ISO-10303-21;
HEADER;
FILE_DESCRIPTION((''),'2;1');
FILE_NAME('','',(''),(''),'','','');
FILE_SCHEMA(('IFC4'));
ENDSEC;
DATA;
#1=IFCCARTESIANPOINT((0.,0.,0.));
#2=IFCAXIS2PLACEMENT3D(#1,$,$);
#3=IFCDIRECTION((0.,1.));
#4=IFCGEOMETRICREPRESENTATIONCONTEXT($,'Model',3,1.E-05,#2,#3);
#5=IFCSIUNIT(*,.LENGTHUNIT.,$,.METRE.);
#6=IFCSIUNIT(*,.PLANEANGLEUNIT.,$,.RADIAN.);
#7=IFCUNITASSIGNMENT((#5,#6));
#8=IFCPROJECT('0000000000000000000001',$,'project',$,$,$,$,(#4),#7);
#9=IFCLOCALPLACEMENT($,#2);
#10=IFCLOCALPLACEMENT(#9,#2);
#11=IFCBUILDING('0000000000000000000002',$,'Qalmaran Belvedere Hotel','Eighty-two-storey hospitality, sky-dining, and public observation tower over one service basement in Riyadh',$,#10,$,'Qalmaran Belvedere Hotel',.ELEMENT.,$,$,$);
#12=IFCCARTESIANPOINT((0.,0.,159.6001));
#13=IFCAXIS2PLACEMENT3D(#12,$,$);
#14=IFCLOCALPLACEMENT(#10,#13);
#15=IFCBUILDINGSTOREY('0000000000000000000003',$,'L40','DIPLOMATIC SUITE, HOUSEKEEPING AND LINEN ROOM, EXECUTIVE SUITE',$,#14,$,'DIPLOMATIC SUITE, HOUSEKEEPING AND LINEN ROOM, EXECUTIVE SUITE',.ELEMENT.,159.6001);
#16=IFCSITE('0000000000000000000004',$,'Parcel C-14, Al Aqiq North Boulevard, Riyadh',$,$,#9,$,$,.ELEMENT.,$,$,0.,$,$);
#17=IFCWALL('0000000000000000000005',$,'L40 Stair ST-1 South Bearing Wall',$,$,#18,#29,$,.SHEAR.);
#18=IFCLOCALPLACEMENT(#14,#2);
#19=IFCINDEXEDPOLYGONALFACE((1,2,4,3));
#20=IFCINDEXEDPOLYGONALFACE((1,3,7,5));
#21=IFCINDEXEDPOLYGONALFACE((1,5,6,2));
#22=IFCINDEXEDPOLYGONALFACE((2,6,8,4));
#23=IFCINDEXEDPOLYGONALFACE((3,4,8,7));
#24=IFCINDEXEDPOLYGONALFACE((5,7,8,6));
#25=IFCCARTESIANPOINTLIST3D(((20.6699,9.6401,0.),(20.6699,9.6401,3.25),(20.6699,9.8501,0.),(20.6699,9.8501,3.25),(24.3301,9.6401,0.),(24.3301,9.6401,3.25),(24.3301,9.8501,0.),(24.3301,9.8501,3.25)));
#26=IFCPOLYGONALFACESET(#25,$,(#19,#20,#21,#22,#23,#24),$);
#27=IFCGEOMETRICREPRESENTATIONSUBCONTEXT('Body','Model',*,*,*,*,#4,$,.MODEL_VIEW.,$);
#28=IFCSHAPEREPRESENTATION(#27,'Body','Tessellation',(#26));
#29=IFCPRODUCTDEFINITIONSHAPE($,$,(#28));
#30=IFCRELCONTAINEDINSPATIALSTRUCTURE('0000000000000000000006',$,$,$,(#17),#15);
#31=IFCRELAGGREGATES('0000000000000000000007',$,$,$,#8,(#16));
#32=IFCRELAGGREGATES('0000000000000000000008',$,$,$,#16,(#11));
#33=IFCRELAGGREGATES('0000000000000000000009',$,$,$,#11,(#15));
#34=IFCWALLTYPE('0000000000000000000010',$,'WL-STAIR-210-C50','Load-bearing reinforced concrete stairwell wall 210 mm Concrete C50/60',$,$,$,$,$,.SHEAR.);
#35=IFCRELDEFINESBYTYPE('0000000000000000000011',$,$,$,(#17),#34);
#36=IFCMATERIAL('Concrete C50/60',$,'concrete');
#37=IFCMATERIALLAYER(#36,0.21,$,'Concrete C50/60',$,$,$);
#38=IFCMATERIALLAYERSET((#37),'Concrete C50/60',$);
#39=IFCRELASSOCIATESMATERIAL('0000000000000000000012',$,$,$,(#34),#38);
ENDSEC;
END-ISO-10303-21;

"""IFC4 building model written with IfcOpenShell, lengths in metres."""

from ifc_helpers import new_model, si_unit, direction, frame, frame_2d, origin, place, context, subcontext, project, spatial, rectangle, extrude, material, layer, layer_set, type_object, element, save


model = new_model("IFC4")

# Units and contexts
model_context = context("Model", 3, precision=1e-05, world=origin(), true_north=direction((0.0, 1.0)))
body_context = subcontext(model_context, "Body", "Model", "MODEL_VIEW")
ifc_project = project(units=[si_unit("LENGTHUNIT", "METRE"), si_unit("PLANEANGLEUNIT", "RADIAN")], contexts=[model_context])

# Site, building, storey
site_placement = place(None, origin())
site = spatial("IfcSite", under=ifc_project, at=site_placement, Name="Parcel C-14, Al Aqiq North Boulevard, Riyadh", CompositionType="ELEMENT", RefElevation=0.0)
building_placement = place(site_placement, origin())
building = spatial("IfcBuilding", under=site, at=building_placement, Name="Qalmaran Belvedere Hotel", Description="Eighty-two-storey hospitality, sky-dining, and public observation tower over one service basement in Riyadh", LongName="Qalmaran Belvedere Hotel", CompositionType="ELEMENT")
storey_placement = place(building_placement, frame((0.0, 0.0, 159.6001)))
storey = spatial("IfcBuildingStorey", under=building, at=storey_placement, Name="L40", Description="DIPLOMATIC SUITE, HOUSEKEEPING AND LINEN ROOM, EXECUTIVE SUITE", LongName="DIPLOMATIC SUITE, HOUSEKEEPING AND LINEN ROOM, EXECUTIVE SUITE", CompositionType="ELEMENT", Elevation=159.6001)

# Shared definitions
ifc_material_1 = material(Name="Concrete C50/60", Category="concrete")

# Wall
ifc_layer_1 = layer(ifc_material_1, 0.21, Name="Concrete C50/60")
ifc_layer_set_1 = layer_set([ifc_layer_1], Name="Concrete C50/60")
wall_type_1 = type_object("IfcWallType", Name="WL-STAIR-210-C50", Description="Load-bearing reinforced concrete stairwell wall 210 mm Concrete C50/60", PredefinedType="SHEAR", material=ifc_layer_set_1)
wall_1_placement = place(storey_placement, frame((20.6699, 9.7451, 0.0), z_axis=(0.0, 0.0, 1.0), x_axis=(1.0, 0.0, 0.0)))
element("IfcWall", 1, at=wall_1_placement, inside=storey, type_object=wall_type_1, Name="L40 Stair ST-1 South Bearing Wall", PredefinedType="SHEAR", context=body_context, shape_type="SweptSolid", body=[
    extrude(rectangle(XDim=3.6602, YDim=0.21, at=frame_2d((1.8301, 0.0))), origin(), (0.0, 0.0, 1.0), 3.25),
])

save(model, "model.ifc")
